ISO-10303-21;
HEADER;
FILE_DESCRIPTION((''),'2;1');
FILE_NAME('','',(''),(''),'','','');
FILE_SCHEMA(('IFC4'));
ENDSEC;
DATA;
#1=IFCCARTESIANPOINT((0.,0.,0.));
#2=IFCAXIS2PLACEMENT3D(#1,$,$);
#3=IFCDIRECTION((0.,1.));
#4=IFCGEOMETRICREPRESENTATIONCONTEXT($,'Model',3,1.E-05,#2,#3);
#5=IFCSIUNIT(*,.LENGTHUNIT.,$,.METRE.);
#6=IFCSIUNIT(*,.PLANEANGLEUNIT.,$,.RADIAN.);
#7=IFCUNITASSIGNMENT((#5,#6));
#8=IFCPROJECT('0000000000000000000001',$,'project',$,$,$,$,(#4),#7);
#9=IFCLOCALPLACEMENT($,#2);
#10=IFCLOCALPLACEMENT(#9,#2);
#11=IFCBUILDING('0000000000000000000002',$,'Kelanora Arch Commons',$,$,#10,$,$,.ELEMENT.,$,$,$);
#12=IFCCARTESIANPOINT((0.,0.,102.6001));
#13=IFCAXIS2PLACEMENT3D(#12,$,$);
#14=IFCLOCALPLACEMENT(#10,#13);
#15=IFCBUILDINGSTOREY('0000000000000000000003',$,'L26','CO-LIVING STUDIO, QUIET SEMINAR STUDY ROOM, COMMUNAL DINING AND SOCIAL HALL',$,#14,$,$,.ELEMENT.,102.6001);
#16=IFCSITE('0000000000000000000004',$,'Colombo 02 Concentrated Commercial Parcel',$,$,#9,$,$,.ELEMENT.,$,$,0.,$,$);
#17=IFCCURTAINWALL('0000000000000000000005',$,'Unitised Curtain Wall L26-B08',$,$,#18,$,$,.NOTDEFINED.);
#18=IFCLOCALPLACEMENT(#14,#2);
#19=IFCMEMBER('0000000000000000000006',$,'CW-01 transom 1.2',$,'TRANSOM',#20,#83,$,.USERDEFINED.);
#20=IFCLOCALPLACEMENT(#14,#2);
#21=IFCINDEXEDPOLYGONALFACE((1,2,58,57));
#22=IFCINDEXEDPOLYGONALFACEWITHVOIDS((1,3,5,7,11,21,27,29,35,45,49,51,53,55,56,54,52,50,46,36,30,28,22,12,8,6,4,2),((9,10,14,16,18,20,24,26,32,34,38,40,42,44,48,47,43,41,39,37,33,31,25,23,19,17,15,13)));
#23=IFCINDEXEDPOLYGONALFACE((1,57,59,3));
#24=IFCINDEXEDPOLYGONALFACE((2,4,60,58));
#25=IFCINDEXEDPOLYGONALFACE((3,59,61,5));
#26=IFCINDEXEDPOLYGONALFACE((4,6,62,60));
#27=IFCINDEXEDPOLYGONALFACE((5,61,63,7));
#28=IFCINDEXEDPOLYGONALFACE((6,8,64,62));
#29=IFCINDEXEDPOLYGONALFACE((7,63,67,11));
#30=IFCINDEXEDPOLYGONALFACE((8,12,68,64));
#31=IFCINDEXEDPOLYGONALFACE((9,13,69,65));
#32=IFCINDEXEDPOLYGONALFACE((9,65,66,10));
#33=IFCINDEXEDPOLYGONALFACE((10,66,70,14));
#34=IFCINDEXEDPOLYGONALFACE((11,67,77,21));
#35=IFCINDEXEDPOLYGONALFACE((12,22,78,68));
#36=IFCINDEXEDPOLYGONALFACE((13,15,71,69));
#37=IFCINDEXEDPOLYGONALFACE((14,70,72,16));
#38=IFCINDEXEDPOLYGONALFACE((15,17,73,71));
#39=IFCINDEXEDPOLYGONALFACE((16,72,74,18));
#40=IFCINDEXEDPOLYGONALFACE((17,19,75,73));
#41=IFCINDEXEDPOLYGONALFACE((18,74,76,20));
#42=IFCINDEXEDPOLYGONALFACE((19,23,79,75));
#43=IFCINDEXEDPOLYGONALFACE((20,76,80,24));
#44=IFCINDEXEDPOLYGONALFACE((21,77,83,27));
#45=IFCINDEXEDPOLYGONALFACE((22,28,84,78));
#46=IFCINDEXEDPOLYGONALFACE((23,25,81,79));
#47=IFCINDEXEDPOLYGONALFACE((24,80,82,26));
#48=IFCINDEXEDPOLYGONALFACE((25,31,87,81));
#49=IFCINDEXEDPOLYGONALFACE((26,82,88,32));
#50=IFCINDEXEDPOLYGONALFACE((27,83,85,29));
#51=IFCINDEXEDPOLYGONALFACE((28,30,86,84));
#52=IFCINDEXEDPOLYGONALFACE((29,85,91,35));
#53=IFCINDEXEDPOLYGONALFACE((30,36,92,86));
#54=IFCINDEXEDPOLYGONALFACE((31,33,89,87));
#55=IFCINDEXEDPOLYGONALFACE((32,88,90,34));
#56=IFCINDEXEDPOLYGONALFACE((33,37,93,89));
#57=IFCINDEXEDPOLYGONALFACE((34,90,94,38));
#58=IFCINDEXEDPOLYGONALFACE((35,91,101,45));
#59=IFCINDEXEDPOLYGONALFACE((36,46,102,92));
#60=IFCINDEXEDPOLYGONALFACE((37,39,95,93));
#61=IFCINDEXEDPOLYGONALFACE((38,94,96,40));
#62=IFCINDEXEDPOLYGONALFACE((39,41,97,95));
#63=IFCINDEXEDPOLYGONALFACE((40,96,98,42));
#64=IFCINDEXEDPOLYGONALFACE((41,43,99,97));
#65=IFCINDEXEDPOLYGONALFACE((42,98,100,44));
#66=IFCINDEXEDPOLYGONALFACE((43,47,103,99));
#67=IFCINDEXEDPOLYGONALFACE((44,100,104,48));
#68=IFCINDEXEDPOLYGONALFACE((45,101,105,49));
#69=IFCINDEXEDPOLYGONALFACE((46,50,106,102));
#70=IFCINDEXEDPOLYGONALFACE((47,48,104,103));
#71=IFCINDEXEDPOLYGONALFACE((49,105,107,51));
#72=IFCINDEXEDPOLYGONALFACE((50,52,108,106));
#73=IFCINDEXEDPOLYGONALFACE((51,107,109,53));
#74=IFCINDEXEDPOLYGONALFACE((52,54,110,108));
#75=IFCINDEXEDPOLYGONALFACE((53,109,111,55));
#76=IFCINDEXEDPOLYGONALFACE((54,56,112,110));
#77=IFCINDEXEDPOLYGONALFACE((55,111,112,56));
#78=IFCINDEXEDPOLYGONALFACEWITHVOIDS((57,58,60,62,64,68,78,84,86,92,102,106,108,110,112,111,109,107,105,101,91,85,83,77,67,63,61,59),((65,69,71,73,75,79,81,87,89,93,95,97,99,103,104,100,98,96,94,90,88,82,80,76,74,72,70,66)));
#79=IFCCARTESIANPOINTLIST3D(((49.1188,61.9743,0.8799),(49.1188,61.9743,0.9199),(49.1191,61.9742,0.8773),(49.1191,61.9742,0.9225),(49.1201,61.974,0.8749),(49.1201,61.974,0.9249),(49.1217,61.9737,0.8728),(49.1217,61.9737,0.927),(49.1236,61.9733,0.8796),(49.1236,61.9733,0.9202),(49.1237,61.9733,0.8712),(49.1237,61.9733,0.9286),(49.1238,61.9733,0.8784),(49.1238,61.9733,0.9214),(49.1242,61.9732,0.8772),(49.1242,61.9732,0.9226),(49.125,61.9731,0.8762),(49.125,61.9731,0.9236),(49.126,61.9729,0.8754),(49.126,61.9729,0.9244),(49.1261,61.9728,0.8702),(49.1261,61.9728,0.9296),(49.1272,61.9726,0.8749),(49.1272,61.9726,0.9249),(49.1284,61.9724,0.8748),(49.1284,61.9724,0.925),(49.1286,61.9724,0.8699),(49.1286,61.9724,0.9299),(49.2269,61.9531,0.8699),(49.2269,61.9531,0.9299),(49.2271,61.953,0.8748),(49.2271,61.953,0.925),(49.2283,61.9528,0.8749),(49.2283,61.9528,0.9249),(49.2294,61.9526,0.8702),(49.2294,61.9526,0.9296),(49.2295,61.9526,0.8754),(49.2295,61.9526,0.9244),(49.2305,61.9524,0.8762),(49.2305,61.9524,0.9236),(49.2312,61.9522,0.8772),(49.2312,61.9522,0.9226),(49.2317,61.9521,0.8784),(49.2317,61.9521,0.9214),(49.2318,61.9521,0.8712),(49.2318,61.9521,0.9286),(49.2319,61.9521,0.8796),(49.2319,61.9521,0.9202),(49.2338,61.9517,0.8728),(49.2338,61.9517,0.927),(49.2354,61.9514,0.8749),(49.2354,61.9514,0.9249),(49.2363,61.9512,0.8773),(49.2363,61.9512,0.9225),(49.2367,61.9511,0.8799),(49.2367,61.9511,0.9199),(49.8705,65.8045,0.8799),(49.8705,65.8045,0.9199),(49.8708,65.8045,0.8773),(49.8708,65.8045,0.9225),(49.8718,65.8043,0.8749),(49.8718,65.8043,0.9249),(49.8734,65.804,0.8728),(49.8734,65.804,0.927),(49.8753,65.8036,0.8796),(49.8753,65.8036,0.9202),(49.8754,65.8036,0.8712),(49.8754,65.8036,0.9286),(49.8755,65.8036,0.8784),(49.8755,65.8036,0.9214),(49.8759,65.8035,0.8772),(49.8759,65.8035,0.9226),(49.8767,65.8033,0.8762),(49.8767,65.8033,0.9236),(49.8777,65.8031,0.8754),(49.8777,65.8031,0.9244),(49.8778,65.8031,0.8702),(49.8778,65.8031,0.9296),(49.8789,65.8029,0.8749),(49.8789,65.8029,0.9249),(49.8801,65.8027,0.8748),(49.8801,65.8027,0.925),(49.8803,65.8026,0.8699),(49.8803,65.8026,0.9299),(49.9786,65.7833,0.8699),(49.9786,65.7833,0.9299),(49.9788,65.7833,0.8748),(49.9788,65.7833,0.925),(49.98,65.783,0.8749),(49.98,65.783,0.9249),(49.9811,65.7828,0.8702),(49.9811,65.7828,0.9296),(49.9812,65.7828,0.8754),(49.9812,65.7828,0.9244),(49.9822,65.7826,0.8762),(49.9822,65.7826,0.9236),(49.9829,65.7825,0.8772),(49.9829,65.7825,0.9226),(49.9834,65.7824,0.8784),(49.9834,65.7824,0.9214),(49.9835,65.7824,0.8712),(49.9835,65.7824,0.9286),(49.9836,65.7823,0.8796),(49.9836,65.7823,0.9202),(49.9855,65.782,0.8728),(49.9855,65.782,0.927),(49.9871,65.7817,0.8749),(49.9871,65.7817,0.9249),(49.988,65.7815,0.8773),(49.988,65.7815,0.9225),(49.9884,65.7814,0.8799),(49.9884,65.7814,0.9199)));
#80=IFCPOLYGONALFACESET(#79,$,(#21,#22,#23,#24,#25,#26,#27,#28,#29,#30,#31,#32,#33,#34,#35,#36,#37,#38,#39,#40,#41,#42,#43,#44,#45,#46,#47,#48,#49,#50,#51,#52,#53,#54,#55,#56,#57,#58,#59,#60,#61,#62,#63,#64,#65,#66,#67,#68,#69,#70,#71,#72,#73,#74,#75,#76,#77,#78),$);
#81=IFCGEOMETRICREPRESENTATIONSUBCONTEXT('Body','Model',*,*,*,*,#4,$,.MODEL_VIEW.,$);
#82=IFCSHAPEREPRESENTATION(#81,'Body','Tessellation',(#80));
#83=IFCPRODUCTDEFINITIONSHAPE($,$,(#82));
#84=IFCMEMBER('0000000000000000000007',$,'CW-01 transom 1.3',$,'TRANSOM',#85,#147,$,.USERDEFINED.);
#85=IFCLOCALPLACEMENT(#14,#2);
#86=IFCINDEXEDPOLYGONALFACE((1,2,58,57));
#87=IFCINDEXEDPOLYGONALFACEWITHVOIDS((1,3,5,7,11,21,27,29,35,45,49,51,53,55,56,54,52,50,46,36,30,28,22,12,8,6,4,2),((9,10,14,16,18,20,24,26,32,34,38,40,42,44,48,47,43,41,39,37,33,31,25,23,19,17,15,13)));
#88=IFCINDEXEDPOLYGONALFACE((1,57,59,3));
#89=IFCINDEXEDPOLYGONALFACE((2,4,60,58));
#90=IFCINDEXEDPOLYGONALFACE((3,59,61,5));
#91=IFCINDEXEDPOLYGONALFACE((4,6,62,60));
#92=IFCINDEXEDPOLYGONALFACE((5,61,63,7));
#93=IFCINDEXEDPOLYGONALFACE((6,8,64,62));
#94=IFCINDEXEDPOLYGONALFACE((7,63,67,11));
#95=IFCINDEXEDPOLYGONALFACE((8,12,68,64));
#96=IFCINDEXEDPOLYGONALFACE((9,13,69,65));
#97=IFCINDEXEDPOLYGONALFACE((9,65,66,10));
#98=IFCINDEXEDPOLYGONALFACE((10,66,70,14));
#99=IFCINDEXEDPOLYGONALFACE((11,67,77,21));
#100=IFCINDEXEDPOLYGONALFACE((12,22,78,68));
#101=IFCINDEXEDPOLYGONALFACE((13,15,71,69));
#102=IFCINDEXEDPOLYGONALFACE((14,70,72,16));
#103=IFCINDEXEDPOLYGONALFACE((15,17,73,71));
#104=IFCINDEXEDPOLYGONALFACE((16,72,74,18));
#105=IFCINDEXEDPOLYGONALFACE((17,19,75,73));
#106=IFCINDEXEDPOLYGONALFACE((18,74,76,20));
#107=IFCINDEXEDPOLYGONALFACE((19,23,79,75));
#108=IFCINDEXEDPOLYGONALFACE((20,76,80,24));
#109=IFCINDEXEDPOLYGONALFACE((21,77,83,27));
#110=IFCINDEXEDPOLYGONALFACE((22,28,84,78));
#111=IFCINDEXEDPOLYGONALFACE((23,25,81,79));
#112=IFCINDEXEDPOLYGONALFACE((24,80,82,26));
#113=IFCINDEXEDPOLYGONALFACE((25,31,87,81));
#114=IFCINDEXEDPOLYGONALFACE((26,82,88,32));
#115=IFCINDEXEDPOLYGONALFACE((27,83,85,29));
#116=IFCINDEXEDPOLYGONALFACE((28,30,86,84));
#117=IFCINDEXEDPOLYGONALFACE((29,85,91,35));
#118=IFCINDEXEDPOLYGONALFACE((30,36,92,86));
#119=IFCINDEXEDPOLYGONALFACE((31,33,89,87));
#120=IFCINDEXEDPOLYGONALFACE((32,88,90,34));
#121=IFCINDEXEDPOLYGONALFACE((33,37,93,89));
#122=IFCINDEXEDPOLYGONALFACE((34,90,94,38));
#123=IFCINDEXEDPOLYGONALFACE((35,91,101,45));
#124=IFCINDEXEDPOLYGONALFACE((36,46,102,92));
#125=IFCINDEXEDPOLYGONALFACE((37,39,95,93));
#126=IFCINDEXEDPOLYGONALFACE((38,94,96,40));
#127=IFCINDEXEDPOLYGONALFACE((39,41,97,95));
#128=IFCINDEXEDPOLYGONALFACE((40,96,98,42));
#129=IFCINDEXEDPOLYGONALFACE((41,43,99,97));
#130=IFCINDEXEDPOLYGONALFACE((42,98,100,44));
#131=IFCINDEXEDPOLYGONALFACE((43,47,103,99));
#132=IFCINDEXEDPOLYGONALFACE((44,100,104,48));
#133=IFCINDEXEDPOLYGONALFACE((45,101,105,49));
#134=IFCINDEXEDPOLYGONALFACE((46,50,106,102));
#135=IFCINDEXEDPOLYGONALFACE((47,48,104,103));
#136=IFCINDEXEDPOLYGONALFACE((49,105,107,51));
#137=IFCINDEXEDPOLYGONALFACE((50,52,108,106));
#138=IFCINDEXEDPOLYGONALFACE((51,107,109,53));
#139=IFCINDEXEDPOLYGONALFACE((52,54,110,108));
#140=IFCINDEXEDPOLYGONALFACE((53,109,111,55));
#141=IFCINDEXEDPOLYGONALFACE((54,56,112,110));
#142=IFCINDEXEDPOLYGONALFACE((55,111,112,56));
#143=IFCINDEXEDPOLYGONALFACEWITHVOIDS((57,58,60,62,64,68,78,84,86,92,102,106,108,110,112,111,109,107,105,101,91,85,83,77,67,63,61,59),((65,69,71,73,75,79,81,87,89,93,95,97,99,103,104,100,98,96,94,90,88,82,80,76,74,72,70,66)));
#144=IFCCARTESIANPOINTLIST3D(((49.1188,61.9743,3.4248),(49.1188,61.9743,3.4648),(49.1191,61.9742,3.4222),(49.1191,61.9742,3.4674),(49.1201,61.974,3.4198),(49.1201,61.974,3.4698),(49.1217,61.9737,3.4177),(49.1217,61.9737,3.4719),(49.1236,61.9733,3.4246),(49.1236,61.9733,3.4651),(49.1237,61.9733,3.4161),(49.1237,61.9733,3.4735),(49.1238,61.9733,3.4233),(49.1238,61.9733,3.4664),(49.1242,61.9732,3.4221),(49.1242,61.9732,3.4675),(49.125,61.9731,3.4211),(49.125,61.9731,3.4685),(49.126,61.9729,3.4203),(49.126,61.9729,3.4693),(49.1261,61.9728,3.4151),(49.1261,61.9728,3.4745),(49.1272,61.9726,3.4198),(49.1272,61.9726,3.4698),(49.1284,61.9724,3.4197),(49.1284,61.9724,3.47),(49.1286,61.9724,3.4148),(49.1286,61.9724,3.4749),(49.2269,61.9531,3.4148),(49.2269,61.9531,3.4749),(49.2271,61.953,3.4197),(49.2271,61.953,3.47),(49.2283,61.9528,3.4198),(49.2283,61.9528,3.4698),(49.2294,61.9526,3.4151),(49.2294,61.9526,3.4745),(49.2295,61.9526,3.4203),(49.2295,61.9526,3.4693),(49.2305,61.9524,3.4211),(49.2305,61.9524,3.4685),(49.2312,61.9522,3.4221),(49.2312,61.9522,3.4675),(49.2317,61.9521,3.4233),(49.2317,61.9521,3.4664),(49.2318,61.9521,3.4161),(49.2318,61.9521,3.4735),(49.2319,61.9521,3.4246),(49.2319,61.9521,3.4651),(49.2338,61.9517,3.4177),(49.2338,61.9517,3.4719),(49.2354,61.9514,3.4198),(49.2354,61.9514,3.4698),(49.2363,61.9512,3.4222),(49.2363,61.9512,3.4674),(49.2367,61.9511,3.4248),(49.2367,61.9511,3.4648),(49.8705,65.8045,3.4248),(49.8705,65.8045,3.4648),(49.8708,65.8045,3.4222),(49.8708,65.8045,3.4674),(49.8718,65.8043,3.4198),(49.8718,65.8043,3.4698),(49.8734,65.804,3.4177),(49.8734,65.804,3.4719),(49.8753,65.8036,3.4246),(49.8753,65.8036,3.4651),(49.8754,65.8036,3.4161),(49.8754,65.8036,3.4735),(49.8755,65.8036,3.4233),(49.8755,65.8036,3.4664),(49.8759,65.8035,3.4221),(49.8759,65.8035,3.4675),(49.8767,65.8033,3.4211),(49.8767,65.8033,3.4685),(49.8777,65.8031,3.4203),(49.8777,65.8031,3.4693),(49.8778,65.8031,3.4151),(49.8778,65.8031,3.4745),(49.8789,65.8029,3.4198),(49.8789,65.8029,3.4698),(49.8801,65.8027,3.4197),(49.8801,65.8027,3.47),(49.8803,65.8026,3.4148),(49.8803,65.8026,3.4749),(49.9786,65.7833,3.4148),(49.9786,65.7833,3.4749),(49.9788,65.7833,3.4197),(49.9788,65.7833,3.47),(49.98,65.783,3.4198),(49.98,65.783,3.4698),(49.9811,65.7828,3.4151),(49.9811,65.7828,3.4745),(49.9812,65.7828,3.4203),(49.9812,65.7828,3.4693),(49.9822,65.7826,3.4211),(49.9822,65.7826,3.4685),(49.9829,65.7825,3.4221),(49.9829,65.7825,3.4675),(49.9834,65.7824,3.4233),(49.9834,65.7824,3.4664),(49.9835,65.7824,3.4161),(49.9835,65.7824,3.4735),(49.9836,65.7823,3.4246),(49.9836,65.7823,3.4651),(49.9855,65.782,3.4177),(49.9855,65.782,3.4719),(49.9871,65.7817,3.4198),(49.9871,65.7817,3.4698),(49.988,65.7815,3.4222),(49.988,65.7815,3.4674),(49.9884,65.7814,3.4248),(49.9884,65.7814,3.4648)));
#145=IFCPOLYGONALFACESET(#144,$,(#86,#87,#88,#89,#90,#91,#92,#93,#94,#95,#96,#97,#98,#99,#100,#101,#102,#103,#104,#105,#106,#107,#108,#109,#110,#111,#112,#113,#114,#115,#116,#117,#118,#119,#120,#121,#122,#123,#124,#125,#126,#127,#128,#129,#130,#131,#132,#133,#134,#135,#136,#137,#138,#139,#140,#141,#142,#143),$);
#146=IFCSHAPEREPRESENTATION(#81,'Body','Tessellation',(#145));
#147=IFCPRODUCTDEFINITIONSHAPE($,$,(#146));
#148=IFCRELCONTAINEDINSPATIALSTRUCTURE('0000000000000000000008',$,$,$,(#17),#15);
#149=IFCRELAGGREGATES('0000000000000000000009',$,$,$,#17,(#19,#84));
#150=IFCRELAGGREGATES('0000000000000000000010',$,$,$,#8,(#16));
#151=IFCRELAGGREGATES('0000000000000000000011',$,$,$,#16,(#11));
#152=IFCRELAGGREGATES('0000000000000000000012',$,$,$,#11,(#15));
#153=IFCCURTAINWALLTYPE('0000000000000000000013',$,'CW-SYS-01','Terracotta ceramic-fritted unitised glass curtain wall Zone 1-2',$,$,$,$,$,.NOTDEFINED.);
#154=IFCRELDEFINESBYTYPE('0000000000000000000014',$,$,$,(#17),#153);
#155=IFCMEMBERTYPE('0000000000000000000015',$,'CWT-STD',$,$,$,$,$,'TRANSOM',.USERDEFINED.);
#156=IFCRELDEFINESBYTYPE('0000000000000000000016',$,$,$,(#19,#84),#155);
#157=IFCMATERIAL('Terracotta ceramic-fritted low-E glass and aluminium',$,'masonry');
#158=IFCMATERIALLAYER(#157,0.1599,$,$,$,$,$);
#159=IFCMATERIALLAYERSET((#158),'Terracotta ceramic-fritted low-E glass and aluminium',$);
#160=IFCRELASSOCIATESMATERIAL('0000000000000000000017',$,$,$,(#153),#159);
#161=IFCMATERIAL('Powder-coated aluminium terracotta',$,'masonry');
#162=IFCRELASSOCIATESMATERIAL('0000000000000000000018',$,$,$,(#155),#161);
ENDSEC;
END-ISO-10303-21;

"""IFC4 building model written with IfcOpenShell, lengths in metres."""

from ifc_helpers import new_model, si_unit, direction, frame, origin, origin_2d, place, context, subcontext, project, spatial, hollow_rectangle, extrude, material, layer, layer_set, material_profile, profile_set, type_object, element, aggregate, save


model = new_model("IFC4")

# Units and contexts
model_context = context("Model", 3, precision=1e-05, world=origin(), true_north=direction((0.0, 1.0)))
body_context = subcontext(model_context, "Body", "Model", "MODEL_VIEW")
ifc_project = project(units=[si_unit("LENGTHUNIT", "METRE"), si_unit("PLANEANGLEUNIT", "RADIAN")], contexts=[model_context])

# Site, building, storey
site_placement = place(None, origin())
site = spatial("IfcSite", under=ifc_project, at=site_placement, Name="Colombo 02 Concentrated Commercial Parcel", CompositionType="ELEMENT", RefElevation=0.0)
building_placement = place(site_placement, origin())
building = spatial("IfcBuilding", under=site, at=building_placement, Name="Kelanora Arch Commons", CompositionType="ELEMENT")
storey_placement = place(building_placement, frame((0.0, 0.0, 102.6001)))
storey = spatial("IfcBuildingStorey", under=building, at=storey_placement, Name="L26", Description="CO-LIVING STUDIO, QUIET SEMINAR STUDY ROOM, COMMUNAL DINING AND SOCIAL HALL", CompositionType="ELEMENT", Elevation=102.6001)

# Curtain wall, members
ifc_material_1 = material(Name="Terracotta ceramic-fritted low-E glass and aluminium", Category="masonry")
ifc_layer_1 = layer(ifc_material_1, 0.1599)
ifc_layer_set_1 = layer_set([ifc_layer_1], Name="Terracotta ceramic-fritted low-E glass and aluminium")
curtain_wall_type = type_object("IfcCurtainWallType", Name="CW-SYS-01", Description="Terracotta ceramic-fritted unitised glass curtain wall Zone 1-2", PredefinedType="NOTDEFINED", material=ifc_layer_set_1)
curtain_wall_placement = place(storey_placement, origin())
curtain_wall = element("IfcCurtainWall", 1, at=curtain_wall_placement, inside=storey, type_object=curtain_wall_type, Name="Unitised Curtain Wall L26-B08", PredefinedType="NOTDEFINED")
ifc_material_2 = material(Name="Powder-coated aluminium terracotta", Category="masonry")
ifc_material_profile_1 = material_profile(ifc_material_2, hollow_rectangle(XDim=0.1201, YDim=0.0601, WallThickness=0.0049, InnerFilletRadius=0.0049, OuterFilletRadius=0.01, at=origin_2d()), Name="CWT120x60")
ifc_profile_set_1 = profile_set([ifc_material_profile_1], Name="Powder-coated aluminium terracotta")
member_type_1 = type_object("IfcMemberType", Name="CWT-STD", ElementType="TRANSOM", PredefinedType="USERDEFINED", material=ifc_profile_set_1)
member_1_placement = place(storey_placement, frame((49.9294, 65.793, 0.8999), z_axis=(-0.192579, -0.981282, 0.0), x_axis=(0.981282, -0.192579, 0.0)))
member_1 = element("IfcMember", 2, at=member_1_placement, type_object=member_type_1, Name="CW-01 transom 1.2", ObjectType="TRANSOM", PredefinedType="USERDEFINED", context=body_context, shape_type="SweptSolid", body=[
    extrude(hollow_rectangle(XDim=0.1201, YDim=0.0601, WallThickness=0.0049, InnerFilletRadius=0.0049, OuterFilletRadius=0.01, at=origin_2d()), origin(), (0.0, 0.0, 1.0), 3.9033),
])
member_2_placement = place(storey_placement, frame((49.9294, 65.793, 3.4448), z_axis=(-0.192579, -0.981282, 0.0), x_axis=(0.981282, -0.192579, 0.0)))
member_2 = element("IfcMember", 3, at=member_2_placement, type_object=member_type_1, Name="CW-01 transom 1.3", ObjectType="TRANSOM", PredefinedType="USERDEFINED", context=body_context, shape_type="SweptSolid", body=[
    extrude(hollow_rectangle(XDim=0.1201, YDim=0.0601, WallThickness=0.0049, InnerFilletRadius=0.0049, OuterFilletRadius=0.01, at=origin_2d()), origin(), (0.0, 0.0, 1.0), 3.9033),
])
aggregate(curtain_wall, [member_1, member_2])

save(model, "model.ifc")
